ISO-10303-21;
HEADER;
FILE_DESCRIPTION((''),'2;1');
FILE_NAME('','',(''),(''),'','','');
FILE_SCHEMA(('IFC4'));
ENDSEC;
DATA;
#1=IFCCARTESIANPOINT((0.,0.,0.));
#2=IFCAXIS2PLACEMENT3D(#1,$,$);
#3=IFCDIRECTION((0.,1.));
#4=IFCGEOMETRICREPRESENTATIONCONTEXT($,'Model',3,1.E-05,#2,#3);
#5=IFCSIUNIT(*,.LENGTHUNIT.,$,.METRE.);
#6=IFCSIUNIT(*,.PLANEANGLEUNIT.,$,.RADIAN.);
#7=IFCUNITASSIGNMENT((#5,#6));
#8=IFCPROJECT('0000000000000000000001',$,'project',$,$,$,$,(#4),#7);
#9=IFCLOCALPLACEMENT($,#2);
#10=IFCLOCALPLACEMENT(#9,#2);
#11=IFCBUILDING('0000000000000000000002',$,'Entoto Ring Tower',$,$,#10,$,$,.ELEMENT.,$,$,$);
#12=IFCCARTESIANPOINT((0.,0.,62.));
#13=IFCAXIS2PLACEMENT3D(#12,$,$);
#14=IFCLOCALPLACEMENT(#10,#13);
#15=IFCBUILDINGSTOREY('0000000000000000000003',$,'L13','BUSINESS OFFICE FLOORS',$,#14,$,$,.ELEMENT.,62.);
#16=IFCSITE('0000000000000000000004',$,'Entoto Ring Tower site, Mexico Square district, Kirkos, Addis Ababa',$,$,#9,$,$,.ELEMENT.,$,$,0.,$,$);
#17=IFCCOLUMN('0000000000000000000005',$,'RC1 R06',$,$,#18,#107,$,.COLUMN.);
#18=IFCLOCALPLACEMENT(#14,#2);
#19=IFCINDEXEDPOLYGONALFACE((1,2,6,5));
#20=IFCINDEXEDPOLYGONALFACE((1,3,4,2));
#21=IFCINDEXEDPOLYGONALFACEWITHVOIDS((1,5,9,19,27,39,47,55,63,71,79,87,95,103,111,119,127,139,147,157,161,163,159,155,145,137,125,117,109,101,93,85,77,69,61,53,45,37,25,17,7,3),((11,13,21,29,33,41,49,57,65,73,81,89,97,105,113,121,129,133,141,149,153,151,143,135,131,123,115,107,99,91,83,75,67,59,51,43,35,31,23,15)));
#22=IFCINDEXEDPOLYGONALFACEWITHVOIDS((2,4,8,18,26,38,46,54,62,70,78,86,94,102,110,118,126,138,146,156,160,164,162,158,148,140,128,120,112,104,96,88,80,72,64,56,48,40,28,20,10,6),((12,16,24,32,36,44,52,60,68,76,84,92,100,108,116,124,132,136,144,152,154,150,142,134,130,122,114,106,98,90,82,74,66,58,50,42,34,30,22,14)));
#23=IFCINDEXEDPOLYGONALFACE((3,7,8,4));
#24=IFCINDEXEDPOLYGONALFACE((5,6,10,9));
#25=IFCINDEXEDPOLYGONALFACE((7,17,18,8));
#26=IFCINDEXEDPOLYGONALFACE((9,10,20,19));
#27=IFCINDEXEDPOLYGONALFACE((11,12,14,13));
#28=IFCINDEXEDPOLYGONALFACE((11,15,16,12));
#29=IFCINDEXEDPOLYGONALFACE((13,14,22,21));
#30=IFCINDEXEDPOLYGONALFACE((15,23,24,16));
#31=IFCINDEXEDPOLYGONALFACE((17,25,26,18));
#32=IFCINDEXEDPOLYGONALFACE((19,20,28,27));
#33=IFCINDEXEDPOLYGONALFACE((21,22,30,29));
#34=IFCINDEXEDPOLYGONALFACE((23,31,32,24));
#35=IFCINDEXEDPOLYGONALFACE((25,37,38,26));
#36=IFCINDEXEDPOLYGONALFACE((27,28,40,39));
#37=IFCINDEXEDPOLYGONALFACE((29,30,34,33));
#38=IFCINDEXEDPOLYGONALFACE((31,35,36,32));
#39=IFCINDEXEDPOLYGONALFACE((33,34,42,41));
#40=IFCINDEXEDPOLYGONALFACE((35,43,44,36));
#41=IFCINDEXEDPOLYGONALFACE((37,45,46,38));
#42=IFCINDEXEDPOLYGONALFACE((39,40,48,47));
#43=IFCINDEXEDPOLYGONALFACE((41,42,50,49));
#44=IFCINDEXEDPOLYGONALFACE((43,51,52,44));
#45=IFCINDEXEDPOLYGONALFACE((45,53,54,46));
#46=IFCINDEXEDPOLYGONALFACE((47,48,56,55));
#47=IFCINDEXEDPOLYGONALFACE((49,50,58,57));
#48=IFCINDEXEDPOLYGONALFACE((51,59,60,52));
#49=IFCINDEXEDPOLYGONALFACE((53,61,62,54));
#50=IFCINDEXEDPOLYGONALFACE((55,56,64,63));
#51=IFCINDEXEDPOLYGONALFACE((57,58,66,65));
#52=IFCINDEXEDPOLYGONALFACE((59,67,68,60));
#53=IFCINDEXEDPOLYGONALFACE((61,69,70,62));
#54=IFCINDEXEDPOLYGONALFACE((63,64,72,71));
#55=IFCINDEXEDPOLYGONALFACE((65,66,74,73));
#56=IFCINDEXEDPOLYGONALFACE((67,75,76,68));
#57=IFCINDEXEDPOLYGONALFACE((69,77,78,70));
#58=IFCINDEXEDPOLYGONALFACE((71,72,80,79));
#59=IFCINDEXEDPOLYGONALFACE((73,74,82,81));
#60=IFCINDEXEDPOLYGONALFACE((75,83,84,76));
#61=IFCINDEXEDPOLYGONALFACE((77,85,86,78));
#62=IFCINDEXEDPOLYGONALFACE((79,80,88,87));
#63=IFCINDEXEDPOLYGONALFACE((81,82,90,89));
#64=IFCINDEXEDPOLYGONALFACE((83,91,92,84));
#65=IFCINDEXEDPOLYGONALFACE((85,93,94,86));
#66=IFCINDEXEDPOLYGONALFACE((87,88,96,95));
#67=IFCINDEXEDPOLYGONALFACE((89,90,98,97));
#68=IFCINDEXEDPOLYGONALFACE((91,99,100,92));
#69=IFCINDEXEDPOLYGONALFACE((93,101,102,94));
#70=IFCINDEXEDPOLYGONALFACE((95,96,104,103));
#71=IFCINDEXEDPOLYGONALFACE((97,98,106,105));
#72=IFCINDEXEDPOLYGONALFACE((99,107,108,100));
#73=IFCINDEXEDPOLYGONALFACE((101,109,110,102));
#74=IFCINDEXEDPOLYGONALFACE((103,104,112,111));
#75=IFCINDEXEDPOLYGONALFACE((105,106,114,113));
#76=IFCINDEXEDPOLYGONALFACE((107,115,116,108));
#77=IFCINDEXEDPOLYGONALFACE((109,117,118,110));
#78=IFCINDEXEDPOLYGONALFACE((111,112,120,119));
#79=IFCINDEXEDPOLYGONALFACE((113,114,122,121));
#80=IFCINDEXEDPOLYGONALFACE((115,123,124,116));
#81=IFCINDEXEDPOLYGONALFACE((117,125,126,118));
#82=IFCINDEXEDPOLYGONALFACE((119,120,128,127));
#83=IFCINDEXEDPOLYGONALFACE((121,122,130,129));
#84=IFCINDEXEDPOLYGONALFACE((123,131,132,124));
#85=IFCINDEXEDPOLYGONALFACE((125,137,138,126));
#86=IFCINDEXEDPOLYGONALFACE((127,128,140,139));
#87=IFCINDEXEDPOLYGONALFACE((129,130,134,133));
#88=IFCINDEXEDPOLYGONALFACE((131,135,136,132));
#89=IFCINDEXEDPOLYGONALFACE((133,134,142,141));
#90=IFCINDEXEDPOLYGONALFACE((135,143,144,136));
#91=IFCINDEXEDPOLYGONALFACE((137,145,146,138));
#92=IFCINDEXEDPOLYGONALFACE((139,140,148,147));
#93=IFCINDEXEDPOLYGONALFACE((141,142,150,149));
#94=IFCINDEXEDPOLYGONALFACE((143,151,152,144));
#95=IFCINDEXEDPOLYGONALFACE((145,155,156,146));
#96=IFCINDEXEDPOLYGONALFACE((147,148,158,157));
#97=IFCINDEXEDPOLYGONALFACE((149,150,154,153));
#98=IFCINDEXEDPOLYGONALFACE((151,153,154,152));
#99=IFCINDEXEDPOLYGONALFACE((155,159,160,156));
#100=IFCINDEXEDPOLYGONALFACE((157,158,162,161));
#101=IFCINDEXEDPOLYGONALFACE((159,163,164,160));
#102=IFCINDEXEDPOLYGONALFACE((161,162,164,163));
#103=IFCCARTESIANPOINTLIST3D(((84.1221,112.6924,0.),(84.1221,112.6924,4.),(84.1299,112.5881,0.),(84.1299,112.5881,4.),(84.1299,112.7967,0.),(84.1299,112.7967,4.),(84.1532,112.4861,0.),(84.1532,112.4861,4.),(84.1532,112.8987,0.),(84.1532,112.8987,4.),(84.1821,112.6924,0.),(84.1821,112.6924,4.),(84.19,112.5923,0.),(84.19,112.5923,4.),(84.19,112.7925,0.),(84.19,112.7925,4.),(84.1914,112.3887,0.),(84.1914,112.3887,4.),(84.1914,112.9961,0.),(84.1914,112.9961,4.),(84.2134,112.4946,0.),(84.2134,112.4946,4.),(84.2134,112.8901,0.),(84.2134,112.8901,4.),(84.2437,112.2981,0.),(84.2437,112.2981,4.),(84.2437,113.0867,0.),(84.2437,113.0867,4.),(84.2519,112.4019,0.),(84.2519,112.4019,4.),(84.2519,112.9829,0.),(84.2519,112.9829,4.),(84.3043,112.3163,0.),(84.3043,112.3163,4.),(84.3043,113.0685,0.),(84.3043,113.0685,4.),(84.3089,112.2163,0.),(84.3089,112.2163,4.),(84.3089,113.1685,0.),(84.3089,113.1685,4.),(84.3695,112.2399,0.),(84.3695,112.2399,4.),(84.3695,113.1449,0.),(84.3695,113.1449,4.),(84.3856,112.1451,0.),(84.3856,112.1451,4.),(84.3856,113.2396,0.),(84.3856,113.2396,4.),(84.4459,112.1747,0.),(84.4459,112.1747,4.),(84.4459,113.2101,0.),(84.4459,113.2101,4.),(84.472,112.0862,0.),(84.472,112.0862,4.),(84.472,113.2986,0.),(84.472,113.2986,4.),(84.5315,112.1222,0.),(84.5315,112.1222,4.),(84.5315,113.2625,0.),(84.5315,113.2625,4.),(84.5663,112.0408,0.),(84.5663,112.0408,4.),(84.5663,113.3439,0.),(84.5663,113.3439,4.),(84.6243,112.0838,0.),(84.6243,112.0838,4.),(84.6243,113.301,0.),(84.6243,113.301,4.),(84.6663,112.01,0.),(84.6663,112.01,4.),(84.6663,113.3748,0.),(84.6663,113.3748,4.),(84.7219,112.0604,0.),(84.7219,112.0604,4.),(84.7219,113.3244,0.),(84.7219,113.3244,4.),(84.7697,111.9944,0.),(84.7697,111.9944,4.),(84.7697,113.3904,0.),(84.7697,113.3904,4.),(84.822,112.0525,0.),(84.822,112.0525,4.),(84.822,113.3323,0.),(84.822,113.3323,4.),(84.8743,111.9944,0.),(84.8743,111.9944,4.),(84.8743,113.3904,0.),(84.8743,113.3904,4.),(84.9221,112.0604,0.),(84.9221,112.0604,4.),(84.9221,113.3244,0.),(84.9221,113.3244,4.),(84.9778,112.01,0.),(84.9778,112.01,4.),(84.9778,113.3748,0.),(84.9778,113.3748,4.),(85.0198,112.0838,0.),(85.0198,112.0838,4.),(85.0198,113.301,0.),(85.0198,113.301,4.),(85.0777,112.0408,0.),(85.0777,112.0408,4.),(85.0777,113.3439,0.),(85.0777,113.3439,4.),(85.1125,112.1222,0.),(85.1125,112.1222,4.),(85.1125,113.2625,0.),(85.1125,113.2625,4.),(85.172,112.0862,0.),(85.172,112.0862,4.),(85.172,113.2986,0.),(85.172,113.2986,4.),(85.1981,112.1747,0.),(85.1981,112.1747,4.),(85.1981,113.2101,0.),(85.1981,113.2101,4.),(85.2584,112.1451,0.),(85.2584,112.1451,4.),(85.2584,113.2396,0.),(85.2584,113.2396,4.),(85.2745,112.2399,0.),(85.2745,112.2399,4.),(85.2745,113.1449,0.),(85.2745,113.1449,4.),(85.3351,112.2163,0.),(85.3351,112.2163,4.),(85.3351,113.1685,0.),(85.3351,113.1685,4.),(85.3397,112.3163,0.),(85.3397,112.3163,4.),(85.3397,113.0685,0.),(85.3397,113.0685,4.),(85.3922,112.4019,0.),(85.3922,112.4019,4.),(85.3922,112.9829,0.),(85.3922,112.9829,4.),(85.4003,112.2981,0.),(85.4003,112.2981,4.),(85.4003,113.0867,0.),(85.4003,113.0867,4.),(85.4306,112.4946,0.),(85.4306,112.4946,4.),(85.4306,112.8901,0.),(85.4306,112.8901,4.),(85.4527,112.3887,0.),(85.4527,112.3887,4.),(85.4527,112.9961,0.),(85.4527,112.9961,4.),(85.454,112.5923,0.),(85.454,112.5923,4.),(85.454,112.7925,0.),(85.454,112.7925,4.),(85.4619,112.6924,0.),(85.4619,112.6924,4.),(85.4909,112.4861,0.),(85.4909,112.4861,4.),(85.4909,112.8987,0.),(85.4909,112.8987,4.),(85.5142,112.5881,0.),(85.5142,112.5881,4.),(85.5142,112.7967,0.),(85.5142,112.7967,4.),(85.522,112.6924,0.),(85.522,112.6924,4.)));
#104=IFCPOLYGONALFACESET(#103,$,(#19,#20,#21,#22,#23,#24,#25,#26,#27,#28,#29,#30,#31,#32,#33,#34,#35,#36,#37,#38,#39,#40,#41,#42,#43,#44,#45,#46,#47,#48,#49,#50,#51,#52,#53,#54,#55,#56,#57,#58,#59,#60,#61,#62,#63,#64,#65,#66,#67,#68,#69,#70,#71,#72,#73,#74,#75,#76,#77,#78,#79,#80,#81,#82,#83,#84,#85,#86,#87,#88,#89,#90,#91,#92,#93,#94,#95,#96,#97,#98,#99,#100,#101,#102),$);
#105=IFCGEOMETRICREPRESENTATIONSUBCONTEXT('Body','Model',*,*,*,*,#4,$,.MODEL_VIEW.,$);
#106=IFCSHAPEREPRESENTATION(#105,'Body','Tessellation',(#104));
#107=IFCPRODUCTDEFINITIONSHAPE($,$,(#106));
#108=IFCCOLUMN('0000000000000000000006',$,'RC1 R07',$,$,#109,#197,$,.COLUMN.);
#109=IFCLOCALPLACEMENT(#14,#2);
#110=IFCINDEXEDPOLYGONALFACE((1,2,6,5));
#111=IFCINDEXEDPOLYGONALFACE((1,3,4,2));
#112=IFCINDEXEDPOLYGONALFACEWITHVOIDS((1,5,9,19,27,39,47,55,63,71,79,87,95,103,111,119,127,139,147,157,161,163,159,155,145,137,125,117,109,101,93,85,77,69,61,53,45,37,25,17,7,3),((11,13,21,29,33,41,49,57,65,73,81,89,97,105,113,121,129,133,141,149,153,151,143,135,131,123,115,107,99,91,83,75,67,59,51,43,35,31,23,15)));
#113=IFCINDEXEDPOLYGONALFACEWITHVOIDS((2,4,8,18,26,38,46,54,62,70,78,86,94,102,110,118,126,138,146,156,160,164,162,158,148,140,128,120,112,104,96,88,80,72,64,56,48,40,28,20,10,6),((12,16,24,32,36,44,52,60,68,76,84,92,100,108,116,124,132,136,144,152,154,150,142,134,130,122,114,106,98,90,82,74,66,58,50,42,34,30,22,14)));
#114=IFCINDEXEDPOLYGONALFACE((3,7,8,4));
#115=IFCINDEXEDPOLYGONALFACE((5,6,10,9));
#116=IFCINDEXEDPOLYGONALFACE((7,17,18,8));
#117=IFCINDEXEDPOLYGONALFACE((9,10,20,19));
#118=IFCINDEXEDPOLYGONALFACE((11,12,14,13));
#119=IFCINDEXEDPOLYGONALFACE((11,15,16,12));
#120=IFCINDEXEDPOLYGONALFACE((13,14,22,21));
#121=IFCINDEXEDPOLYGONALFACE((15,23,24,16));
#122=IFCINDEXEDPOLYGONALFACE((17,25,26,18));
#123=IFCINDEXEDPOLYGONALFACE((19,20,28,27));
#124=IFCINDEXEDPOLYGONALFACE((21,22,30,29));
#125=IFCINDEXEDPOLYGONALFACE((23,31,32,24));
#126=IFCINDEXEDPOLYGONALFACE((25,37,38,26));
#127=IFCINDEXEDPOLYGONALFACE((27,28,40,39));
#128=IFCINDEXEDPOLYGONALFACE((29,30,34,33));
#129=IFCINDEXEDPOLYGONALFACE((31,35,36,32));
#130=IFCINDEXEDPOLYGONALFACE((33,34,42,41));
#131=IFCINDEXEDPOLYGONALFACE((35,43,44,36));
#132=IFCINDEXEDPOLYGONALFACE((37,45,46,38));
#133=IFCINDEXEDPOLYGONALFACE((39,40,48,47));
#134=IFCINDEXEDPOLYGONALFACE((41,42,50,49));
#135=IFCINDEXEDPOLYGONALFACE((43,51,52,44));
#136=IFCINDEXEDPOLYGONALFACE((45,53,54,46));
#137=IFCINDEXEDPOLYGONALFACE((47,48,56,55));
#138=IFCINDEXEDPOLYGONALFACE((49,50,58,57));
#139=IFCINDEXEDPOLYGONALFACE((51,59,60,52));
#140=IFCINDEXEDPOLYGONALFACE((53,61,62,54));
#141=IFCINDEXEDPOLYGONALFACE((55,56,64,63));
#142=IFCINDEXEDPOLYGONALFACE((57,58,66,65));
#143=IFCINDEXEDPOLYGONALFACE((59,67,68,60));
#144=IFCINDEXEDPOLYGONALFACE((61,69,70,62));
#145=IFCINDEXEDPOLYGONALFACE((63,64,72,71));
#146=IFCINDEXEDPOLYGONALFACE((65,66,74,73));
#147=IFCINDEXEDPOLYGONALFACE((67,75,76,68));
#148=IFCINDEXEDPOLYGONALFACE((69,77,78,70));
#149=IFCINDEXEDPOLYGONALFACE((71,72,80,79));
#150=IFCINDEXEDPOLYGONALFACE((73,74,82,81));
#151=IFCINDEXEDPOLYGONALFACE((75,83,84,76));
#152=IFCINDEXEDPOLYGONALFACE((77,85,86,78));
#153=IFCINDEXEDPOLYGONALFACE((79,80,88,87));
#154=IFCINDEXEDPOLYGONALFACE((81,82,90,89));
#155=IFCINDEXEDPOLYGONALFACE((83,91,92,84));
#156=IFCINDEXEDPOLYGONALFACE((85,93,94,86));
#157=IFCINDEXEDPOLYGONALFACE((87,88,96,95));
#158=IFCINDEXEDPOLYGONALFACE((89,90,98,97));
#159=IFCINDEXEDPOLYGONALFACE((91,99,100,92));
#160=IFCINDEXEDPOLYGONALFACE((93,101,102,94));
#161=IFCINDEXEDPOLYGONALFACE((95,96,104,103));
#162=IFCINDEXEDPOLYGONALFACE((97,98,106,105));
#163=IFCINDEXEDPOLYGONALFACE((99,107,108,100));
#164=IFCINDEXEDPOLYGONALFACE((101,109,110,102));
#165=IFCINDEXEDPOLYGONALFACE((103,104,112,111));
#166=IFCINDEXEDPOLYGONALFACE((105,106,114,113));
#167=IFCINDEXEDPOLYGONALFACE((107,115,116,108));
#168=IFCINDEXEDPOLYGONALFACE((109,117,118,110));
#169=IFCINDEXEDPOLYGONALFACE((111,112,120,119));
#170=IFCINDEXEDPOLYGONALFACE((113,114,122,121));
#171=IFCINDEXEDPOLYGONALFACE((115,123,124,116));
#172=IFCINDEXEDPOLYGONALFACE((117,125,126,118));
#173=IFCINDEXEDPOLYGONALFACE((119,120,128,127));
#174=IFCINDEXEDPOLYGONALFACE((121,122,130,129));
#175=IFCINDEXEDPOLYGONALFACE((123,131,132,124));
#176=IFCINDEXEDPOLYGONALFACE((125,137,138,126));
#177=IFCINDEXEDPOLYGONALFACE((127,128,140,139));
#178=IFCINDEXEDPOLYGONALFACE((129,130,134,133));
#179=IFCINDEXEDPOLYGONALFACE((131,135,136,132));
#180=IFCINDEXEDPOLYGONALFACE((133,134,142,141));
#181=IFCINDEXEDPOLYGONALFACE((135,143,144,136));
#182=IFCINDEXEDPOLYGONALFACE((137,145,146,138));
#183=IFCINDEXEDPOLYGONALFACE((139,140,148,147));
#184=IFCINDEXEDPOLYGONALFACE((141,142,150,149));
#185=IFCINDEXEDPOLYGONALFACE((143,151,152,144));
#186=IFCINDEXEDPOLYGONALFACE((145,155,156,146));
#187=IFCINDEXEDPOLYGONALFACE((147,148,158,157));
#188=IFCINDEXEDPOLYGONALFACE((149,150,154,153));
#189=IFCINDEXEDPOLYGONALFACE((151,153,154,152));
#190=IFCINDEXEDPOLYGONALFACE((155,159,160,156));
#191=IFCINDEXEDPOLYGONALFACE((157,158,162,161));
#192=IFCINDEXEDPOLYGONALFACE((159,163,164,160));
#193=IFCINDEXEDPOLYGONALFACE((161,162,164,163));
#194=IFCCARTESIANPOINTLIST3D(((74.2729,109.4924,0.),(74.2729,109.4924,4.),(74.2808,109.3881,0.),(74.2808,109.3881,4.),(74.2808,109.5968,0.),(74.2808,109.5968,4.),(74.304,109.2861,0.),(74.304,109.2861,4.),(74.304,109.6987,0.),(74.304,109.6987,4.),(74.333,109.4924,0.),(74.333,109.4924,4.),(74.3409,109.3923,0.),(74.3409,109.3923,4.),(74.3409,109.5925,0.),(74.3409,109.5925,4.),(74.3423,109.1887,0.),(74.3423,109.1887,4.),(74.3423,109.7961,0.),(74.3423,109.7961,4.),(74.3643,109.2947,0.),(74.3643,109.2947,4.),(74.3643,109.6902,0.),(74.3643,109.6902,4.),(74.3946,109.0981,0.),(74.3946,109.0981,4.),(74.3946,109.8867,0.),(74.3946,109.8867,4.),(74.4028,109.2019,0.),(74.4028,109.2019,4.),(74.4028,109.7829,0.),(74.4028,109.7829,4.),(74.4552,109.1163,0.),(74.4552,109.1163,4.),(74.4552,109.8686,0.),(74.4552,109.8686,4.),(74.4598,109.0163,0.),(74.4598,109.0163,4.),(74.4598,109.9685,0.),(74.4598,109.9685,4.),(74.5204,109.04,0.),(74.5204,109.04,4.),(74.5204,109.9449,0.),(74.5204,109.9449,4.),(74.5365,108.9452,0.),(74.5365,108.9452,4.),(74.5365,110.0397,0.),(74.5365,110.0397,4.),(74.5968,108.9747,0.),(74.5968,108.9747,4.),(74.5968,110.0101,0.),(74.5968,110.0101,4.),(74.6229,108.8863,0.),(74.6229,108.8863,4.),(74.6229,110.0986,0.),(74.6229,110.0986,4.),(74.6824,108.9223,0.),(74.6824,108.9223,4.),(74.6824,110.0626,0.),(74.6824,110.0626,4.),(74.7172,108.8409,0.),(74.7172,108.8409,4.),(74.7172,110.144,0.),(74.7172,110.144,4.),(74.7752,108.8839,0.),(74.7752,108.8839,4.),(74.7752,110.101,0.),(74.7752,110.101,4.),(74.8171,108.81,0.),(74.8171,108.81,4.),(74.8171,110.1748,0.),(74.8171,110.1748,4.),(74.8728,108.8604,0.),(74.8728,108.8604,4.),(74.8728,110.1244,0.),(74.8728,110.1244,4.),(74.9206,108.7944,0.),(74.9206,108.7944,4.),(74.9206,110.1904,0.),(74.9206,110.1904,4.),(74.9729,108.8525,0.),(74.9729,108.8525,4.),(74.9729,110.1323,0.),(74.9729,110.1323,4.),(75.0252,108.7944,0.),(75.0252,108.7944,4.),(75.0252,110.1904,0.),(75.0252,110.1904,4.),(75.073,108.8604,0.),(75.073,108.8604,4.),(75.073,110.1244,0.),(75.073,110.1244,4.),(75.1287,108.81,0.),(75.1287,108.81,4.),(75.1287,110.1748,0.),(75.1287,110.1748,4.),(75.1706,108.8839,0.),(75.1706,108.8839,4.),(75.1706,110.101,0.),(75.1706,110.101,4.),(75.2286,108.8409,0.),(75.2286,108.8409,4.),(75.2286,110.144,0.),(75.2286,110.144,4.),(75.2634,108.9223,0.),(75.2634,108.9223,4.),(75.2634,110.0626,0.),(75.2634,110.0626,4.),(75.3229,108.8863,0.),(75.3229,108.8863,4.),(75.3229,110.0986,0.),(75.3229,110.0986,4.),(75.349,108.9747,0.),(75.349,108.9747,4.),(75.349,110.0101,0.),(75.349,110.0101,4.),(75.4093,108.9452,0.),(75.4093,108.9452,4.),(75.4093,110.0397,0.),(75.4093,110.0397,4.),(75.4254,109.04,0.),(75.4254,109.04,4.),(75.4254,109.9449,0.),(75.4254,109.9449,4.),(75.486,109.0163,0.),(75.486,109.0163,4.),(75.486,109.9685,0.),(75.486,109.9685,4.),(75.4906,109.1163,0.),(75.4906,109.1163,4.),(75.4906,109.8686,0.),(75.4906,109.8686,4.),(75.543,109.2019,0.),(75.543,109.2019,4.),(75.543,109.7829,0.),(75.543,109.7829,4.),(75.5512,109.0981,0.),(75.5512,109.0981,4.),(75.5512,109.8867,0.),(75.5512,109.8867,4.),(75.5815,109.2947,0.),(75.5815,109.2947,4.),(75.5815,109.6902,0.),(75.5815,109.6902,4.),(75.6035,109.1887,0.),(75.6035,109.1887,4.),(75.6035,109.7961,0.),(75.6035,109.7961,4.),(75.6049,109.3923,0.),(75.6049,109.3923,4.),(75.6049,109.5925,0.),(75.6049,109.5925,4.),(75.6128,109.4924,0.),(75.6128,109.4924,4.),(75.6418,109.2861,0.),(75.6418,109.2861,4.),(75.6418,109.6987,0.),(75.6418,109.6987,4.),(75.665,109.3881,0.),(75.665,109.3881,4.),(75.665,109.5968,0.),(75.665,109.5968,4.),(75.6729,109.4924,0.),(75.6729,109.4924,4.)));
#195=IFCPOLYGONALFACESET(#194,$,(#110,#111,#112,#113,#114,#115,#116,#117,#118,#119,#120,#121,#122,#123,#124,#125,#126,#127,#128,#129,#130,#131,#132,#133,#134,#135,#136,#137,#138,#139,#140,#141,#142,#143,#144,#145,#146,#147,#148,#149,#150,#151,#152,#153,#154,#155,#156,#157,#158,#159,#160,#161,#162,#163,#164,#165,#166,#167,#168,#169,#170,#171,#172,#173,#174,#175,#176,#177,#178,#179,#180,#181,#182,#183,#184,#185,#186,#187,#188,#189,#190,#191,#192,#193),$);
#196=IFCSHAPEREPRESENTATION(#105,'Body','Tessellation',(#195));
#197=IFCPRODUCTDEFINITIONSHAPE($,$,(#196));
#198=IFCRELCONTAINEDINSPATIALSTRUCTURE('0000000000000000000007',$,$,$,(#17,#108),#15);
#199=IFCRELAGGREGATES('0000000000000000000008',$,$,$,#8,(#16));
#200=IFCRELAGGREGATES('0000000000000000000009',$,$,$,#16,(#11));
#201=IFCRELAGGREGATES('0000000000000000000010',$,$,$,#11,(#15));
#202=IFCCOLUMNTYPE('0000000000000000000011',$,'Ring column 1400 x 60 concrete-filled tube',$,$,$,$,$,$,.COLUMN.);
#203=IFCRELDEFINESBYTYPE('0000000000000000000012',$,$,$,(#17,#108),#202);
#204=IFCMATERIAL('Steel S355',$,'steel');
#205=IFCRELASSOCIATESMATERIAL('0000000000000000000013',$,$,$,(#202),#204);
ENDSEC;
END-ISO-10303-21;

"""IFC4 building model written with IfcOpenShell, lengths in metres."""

from ifc_helpers import new_model, si_unit, direction, frame, origin, origin_2d, place, context, subcontext, project, spatial, circle, hollow_circle, extrude, material, material_profile, profile_set, type_object, element, save


model = new_model("IFC4")

# Units and contexts
model_context = context("Model", 3, precision=1e-05, world=origin(), true_north=direction((0.0, 1.0)))
body_context = subcontext(model_context, "Body", "Model", "MODEL_VIEW")
ifc_project = project(units=[si_unit("LENGTHUNIT", "METRE"), si_unit("PLANEANGLEUNIT", "RADIAN")], contexts=[model_context])

# Site, building, storey
site_placement = place(None, origin())
site = spatial("IfcSite", under=ifc_project, at=site_placement, Name="Entoto Ring Tower site, Mexico Square district, Kirkos, Addis Ababa", CompositionType="ELEMENT", RefElevation=0.0)
building_placement = place(site_placement, origin())
building = spatial("IfcBuilding", under=site, at=building_placement, Name="Entoto Ring Tower", CompositionType="ELEMENT")
storey_placement = place(building_placement, frame((0.0, 0.0, 62.0)))
storey = spatial("IfcBuildingStorey", under=building, at=storey_placement, Name="L13", Description="BUSINESS OFFICE FLOORS", CompositionType="ELEMENT", Elevation=62.0)

# Columns
ifc_material_1 = material(Name="Steel S355", Category="steel")
ifc_material_profile_1 = material_profile(ifc_material_1, hollow_circle(Radius=0.7, WallThickness=0.0601, at=origin_2d()), Name="CHS 1400 x 60")
ifc_material_2 = material(Name="Concrete C60/75", Category="concrete")
ifc_material_profile_2 = material_profile(ifc_material_2, circle(Radius=0.6399, at=origin_2d()), Name="Concrete C60/75 infill")
ifc_profile_set_1 = profile_set([ifc_material_profile_1, ifc_material_profile_2], Name="Steel S355")
column_type = type_object("IfcColumnType", Name="Ring column 1400 x 60 concrete-filled tube", PredefinedType="COLUMN", material=ifc_profile_set_1)
for number, where, z_axis, x_axis, name in (
    (1, (84.822, 112.6924, 0.0), (0.0, 0.0, 1.0), (1.0, 0.0, 0.0), "RC1 R06"),
    (2, (74.9729, 109.4924, 0.0), (0.0, 0.0, 1.0), (1.0, 0.0, 0.0), "RC1 R07"),
):
    element("IfcColumn", number, at=place(storey_placement, frame(where, z_axis=z_axis, x_axis=x_axis)), inside=storey, type_object=column_type, Name=name, PredefinedType="COLUMN", context=body_context, shape_type="SweptSolid", body=[
        extrude(hollow_circle(Radius=0.7, WallThickness=0.0601, at=origin_2d()), origin(), (0.0, 0.0, 1.0), 4.0),
    ])

save(model, "model.ifc")
